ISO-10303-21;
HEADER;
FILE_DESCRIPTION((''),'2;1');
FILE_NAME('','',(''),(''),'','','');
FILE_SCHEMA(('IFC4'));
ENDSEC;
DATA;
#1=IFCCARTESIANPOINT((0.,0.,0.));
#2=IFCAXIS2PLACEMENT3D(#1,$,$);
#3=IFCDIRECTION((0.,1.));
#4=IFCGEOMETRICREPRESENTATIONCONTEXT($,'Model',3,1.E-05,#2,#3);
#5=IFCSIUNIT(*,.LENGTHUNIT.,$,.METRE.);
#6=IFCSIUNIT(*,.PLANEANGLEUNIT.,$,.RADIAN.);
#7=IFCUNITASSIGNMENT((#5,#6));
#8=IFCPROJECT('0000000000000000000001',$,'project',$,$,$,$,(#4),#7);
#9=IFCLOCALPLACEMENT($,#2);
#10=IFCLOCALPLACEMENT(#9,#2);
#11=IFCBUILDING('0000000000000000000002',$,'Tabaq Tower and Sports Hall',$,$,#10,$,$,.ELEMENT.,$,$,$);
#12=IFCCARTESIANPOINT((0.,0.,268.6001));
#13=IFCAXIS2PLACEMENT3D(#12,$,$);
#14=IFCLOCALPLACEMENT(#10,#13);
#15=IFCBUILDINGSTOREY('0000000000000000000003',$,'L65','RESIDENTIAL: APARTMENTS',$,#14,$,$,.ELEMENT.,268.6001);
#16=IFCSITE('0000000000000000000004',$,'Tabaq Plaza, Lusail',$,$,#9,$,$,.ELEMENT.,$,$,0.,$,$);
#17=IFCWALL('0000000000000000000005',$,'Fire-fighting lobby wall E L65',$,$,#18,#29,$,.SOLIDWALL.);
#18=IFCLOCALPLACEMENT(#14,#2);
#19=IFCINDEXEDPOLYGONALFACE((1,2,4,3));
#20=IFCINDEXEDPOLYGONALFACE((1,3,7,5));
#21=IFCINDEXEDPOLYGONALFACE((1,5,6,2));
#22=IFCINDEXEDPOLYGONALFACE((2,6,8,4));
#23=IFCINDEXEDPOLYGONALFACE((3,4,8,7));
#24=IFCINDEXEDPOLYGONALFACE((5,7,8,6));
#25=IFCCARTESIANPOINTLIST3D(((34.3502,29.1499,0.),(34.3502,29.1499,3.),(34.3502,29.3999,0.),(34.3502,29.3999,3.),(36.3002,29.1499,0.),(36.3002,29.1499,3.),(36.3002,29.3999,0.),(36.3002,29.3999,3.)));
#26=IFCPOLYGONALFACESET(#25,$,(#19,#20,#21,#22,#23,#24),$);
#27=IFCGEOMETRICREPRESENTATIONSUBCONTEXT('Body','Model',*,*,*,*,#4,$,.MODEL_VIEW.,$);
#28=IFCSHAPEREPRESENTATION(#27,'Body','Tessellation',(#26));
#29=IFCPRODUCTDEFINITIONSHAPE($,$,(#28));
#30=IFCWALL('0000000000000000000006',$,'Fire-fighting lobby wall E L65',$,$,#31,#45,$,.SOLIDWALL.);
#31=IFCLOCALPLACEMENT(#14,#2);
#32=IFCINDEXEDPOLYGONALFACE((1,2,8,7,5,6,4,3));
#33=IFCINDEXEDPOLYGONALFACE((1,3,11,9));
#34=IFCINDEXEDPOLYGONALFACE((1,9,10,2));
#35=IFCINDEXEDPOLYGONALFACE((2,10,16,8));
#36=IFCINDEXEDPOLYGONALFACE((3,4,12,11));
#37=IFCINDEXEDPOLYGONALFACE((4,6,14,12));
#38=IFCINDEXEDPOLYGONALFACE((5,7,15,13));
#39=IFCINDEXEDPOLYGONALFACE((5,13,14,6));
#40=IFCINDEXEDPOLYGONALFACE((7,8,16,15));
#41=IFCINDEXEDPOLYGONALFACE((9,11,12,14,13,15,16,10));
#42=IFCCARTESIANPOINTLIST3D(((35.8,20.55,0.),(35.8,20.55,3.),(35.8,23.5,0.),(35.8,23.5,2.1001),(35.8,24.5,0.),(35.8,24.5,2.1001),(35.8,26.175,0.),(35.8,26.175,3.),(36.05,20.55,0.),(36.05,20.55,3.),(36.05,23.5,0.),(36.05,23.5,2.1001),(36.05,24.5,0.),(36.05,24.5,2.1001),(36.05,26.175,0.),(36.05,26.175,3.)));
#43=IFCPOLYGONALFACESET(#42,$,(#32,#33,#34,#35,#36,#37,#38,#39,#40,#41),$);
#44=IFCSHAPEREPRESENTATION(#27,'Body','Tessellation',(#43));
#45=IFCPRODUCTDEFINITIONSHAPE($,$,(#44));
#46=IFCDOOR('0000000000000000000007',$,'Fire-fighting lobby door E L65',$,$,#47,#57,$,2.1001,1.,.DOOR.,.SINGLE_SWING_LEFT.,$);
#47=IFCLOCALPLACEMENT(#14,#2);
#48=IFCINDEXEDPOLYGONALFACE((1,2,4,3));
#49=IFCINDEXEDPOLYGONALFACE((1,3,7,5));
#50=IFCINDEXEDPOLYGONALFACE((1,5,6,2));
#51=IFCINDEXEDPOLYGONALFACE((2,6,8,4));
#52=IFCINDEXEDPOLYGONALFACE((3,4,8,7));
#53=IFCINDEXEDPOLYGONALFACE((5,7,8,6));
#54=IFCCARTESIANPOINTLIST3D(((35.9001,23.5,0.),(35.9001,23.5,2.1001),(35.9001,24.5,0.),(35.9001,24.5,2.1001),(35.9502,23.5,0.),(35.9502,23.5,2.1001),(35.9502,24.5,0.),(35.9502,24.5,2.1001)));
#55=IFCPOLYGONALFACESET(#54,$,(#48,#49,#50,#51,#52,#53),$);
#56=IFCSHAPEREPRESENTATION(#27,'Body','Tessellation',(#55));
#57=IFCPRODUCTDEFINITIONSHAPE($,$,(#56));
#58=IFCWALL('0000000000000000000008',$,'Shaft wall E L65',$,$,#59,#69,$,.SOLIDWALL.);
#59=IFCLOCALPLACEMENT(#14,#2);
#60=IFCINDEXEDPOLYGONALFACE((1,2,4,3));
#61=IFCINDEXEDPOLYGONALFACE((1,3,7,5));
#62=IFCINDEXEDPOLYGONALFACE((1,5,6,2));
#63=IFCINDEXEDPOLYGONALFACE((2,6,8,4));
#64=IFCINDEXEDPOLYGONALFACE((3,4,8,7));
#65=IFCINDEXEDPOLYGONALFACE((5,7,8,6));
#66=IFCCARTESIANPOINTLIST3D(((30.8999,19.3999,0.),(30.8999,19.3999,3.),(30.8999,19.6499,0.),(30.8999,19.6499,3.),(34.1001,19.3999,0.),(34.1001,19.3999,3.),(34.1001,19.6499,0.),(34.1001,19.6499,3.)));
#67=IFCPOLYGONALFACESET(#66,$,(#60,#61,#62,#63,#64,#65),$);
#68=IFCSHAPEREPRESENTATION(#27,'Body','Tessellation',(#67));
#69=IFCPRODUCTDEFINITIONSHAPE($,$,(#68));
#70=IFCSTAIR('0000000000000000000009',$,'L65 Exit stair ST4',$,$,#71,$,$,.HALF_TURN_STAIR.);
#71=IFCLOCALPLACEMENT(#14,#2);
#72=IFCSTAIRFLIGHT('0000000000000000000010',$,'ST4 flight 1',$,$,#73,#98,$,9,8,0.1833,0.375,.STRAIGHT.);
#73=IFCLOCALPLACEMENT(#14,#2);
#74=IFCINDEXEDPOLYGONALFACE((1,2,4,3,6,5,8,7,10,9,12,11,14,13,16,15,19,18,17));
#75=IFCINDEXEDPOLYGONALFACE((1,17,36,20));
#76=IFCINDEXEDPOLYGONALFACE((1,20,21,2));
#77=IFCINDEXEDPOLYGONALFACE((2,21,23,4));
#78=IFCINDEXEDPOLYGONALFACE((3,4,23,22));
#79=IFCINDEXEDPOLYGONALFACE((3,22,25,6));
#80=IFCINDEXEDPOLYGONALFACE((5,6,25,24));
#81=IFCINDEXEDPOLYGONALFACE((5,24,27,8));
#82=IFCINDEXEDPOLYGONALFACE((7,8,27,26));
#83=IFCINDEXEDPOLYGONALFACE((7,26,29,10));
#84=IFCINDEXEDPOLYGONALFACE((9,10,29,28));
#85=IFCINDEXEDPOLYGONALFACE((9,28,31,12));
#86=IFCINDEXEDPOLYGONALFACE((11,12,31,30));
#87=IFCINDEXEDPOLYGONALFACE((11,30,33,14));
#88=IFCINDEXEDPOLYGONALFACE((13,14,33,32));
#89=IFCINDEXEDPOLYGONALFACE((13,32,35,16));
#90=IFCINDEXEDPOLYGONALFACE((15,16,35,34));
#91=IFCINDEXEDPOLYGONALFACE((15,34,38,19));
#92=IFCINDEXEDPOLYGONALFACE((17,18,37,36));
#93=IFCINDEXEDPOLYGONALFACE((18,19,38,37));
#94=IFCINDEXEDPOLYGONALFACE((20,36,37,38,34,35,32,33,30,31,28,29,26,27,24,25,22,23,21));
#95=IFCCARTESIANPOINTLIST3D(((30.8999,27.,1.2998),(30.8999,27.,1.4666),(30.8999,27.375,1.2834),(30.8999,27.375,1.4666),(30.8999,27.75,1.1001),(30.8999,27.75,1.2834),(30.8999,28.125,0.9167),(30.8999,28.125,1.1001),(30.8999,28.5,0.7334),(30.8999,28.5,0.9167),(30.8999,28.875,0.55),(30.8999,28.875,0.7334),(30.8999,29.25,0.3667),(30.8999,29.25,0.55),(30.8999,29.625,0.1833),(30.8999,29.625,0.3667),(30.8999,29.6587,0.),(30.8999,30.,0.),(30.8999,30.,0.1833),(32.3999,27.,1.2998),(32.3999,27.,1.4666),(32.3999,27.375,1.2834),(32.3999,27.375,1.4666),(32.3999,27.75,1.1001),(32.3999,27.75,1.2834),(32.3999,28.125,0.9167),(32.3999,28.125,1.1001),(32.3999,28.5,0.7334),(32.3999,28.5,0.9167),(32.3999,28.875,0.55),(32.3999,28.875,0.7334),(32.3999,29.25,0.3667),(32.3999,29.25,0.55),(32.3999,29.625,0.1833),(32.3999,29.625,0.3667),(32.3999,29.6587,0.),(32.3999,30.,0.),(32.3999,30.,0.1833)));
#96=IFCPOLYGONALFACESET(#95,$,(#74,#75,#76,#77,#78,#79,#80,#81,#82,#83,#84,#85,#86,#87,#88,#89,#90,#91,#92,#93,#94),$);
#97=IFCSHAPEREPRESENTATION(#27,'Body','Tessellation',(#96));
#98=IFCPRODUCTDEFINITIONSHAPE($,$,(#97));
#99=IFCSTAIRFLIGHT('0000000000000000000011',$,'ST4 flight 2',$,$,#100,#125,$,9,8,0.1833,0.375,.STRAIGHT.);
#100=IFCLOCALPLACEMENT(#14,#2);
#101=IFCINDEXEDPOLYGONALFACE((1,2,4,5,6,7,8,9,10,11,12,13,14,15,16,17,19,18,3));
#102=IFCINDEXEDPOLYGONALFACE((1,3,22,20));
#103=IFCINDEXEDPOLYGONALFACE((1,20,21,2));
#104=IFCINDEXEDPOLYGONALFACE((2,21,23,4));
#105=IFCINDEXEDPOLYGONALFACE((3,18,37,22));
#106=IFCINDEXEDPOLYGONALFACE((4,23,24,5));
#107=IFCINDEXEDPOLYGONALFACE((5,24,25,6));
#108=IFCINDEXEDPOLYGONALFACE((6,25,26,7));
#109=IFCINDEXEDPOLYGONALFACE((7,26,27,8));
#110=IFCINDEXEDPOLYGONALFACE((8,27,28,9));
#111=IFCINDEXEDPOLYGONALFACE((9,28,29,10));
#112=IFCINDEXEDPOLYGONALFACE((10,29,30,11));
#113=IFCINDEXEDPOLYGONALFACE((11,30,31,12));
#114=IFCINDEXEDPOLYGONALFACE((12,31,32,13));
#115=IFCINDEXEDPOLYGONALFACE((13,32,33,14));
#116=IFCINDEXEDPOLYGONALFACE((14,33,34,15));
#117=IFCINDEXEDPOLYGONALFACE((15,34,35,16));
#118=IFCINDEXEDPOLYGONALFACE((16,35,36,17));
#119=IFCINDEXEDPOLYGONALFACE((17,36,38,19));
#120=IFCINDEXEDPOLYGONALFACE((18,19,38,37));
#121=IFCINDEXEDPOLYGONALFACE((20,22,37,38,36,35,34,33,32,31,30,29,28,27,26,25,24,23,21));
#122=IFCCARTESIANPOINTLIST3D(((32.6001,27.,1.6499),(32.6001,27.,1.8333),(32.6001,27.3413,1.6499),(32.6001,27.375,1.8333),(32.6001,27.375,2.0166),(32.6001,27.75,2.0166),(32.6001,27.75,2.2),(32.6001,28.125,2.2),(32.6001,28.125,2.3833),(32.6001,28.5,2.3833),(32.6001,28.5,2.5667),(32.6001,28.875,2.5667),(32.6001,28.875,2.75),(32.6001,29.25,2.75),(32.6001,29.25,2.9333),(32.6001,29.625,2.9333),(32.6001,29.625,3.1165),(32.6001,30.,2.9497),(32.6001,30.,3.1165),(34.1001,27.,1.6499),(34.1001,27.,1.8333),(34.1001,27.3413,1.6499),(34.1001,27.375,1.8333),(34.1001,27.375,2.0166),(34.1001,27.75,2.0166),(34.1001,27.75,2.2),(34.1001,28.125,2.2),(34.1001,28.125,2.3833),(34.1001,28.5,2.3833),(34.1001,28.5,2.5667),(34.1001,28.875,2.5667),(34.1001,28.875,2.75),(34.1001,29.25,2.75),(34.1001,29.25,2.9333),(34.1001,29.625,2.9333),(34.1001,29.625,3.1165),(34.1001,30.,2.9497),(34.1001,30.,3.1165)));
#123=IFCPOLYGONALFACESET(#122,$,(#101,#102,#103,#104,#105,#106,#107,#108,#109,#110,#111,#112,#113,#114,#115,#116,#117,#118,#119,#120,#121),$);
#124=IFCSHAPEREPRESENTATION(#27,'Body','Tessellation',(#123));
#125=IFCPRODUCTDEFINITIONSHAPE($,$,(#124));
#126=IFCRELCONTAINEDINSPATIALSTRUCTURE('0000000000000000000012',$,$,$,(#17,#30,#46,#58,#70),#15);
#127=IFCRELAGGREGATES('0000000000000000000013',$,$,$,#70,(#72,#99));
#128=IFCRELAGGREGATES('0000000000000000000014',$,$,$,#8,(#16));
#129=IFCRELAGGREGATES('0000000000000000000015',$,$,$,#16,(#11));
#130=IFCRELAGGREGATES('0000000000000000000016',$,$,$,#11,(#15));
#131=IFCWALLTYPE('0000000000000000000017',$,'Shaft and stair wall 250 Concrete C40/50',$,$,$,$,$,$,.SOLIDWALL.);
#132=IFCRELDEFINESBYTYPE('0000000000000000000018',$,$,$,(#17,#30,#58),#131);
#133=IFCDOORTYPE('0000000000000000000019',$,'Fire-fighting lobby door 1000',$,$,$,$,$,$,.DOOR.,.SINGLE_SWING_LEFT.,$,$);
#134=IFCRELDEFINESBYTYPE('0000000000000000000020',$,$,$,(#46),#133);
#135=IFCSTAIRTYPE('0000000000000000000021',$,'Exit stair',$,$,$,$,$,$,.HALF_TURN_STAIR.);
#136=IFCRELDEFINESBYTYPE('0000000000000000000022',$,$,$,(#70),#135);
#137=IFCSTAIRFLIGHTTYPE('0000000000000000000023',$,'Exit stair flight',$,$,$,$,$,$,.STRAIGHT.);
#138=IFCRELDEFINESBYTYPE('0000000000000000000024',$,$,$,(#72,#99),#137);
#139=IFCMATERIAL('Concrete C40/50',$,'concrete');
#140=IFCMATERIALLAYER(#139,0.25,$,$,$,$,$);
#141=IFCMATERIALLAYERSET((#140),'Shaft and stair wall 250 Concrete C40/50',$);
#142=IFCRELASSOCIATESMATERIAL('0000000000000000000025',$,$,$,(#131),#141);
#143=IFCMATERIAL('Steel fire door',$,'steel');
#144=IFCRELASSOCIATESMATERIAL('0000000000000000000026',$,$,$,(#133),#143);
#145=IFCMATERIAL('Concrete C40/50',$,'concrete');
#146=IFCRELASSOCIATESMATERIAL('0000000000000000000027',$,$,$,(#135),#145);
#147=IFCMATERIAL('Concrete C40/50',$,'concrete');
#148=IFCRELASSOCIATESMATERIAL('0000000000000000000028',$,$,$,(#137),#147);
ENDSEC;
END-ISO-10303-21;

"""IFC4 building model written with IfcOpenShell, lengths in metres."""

from ifc_helpers import new_model, si_unit, direction, frame, frame_2d, origin, place, context, subcontext, project, spatial, polyline, rectangle, outline, extrude, material, layer, layer_set, type_object, element, fill, aggregate, save


model = new_model("IFC4")

# Units and contexts
model_context = context("Model", 3, precision=1e-05, world=origin(), true_north=direction((0.0, 1.0)))
body_context = subcontext(model_context, "Body", "Model", "MODEL_VIEW")
ifc_project = project(units=[si_unit("LENGTHUNIT", "METRE"), si_unit("PLANEANGLEUNIT", "RADIAN")], contexts=[model_context])

# Site, building, storey
site_placement = place(None, origin())
site = spatial("IfcSite", under=ifc_project, at=site_placement, Name="Tabaq Plaza, Lusail", CompositionType="ELEMENT", RefElevation=0.0)
building_placement = place(site_placement, origin())
building = spatial("IfcBuilding", under=site, at=building_placement, Name="Tabaq Tower and Sports Hall", CompositionType="ELEMENT")
storey_placement = place(building_placement, frame((0.0, 0.0, 268.6001)))
storey = spatial("IfcBuildingStorey", under=building, at=storey_placement, Name="L65", Description="RESIDENTIAL: APARTMENTS", CompositionType="ELEMENT", Elevation=268.6001)

# Shared definitions
ifc_material_1 = material(Name="Concrete C40/50", Category="concrete")
ifc_layer_1 = layer(ifc_material_1, 0.25)
ifc_layer_set_1 = layer_set([ifc_layer_1], Name="Shaft and stair wall 250 Concrete C40/50")
wall_type_1 = type_object("IfcWallType", Name="Shaft and stair wall 250 Concrete C40/50", PredefinedType="SOLIDWALL", material=ifc_layer_set_1)

# Shared definitions
ifc_material_2 = material(Name="Steel fire door", Category="steel")
door_type_1 = type_object("IfcDoorType", Name="Fire-fighting lobby door 1000", OperationType="SINGLE_SWING_LEFT", PredefinedType="DOOR", material=ifc_material_2)

# Wall
wall_1_placement = place(storey_placement, frame((34.3501, 29.2749, 0.0), z_axis=(0.0, 0.0, 1.0), x_axis=(1.0, 0.0, 0.0)))
element("IfcWall", 1, at=wall_1_placement, inside=storey, type_object=wall_type_1, Name="Fire-fighting lobby wall E L65", PredefinedType="SOLIDWALL", context=body_context, shape_type="SweptSolid", body=[
    extrude(rectangle(XDim=1.95, YDim=0.25, at=frame_2d((0.9751, 0.0))), origin(), (0.0, 0.0, 1.0), 3.0),
])

# Wall, opening, door
wall_2_placement = place(storey_placement, frame((35.925, 20.55, 0.0), z_axis=(0.0, 0.0, 1.0), x_axis=(0.0, 1.0, 0.0)))
wall_2 = element("IfcWall", 2, at=wall_2_placement, inside=storey, type_object=wall_type_1, Name="Fire-fighting lobby wall E L65", PredefinedType="SOLIDWALL", context=body_context, shape_type="SweptSolid", body=[
    extrude(rectangle(XDim=5.625, YDim=0.25, at=frame_2d((2.8125, 0.0))), origin(), (0.0, 0.0, 1.0), 3.0),
])
opening_1_placement = place(wall_2_placement, frame((2.95, 0.0, 0.0)))
opening_1 = element("IfcOpeningElement", 3, at=opening_1_placement, cuts=wall_2, PredefinedType="OPENING", context=body_context, shape_type="SweptSolid", body=[
    extrude(rectangle(XDim=1.0, YDim=2.1001, at=frame_2d((0.5, 1.05))), frame((0.0, 0.125, 0.0), z_axis=(0.0, -1.0, 0.0), x_axis=(1.0, 0.0, 0.0)), (0.0, 0.0, 1.0), 0.25),
])
door_1_placement = place(opening_1_placement, origin())
door_1 = element("IfcDoor", 4, at=door_1_placement, inside=storey, type_object=door_type_1, Name="Fire-fighting lobby door E L65", OperationType="SINGLE_SWING_LEFT", OverallHeight=2.1001, OverallWidth=1.0, PredefinedType="DOOR", context=body_context, shape_type="SweptSolid", body=[
    extrude(rectangle(XDim=1.0, YDim=2.1001, at=frame_2d((0.5, 1.05))), frame((0.0, 0.0249, 0.0), z_axis=(0.0, -1.0, 0.0), x_axis=(1.0, 0.0, 0.0)), (0.0, 0.0, 1.0), 0.05),
])
fill(opening_1, door_1)

# Wall
wall_3_placement = place(storey_placement, frame((30.8999, 19.5249, 0.0), z_axis=(0.0, 0.0, 1.0), x_axis=(1.0, 0.0, 0.0)))
element("IfcWall", 5, at=wall_3_placement, inside=storey, type_object=wall_type_1, Name="Shaft wall E L65", PredefinedType="SOLIDWALL", context=body_context, shape_type="SweptSolid", body=[
    extrude(rectangle(XDim=3.2002, YDim=0.25, at=frame_2d((1.6001, 0.0))), origin(), (0.0, 0.0, 1.0), 3.0),
])

# Stair, stair flights
ifc_material_3 = material(Name="Concrete C40/50", Category="concrete")
stair_type = type_object("IfcStairType", Name="Exit stair", PredefinedType="HALF_TURN_STAIR", material=ifc_material_3)
stair_placement = place(storey_placement, origin())
stair = element("IfcStair", 6, at=stair_placement, inside=storey, type_object=stair_type, Name="L65 Exit stair ST4", PredefinedType="HALF_TURN_STAIR")
ifc_material_4 = material(Name="Concrete C40/50", Category="concrete")
stair_flight_type = type_object("IfcStairFlightType", Name="Exit stair flight", PredefinedType="STRAIGHT", material=ifc_material_4)
stair_flight_1_placement = place(storey_placement, frame((31.6499, 30.0, 0.0), z_axis=(0.0, 0.0, 1.0), x_axis=(0.0, -1.0, 0.0)))
stair_flight_1 = element("IfcStairFlight", 7, at=stair_flight_1_placement, type_object=stair_flight_type, Name="ST4 flight 1", NumberOfRisers=9, NumberOfTreads=8, PredefinedType="STRAIGHT", RiserHeight=0.1833, TreadLength=0.375, context=body_context, shape_type="SweptSolid", body=[
    extrude(outline(polyline([(0.0, 0.0), (0.0, 0.1833), (0.375, 0.1833), (0.375, 0.3667), (0.75, 0.3667), (0.75, 0.55), (1.125, 0.55), (1.125, 0.7334), (1.5, 0.7334), (1.5, 0.9167), (1.875, 0.9167), (1.875, 1.1001), (2.25, 1.1001), (2.25, 1.2834), (2.625, 1.2834), (2.625, 1.4666), (3.0, 1.4666), (3.0, 1.6499), (3.0, 1.2998), (0.3413, 0.0), (0.0, 0.0)])), frame((0.0, 0.75, 0.0), z_axis=(0.0, -1.0, 0.0), x_axis=(1.0, 0.0, 0.0)), (0.0, 0.0, 1.0), 1.5),
])
stair_flight_2_placement = place(storey_placement, frame((33.3501, 27.0, 1.6499), z_axis=(0.0, 0.0, 1.0), x_axis=(0.0, 1.0, 0.0)))
stair_flight_2 = element("IfcStairFlight", 8, at=stair_flight_2_placement, type_object=stair_flight_type, Name="ST4 flight 2", NumberOfRisers=9, NumberOfTreads=8, PredefinedType="STRAIGHT", RiserHeight=0.1833, TreadLength=0.375, context=body_context, shape_type="SweptSolid", body=[
    extrude(outline(polyline([(0.0, 0.0), (0.0, 0.1833), (0.375, 0.1833), (0.375, 0.3667), (0.75, 0.3667), (0.75, 0.55), (1.125, 0.55), (1.125, 0.7334), (1.5, 0.7334), (1.5, 0.9167), (1.875, 0.9167), (1.875, 1.1001), (2.25, 1.1001), (2.25, 1.2834), (2.625, 1.2834), (2.625, 1.4666), (3.0, 1.4666), (3.0, 1.6499), (3.0, 1.2998), (0.3413, 0.0), (0.0, 0.0)])), frame((0.0, 0.75, 0.0), z_axis=(0.0, -1.0, 0.0), x_axis=(1.0, 0.0, 0.0)), (0.0, 0.0, 1.0), 1.5),
])
aggregate(stair, [stair_flight_1, stair_flight_2])

save(model, "model.ifc")
